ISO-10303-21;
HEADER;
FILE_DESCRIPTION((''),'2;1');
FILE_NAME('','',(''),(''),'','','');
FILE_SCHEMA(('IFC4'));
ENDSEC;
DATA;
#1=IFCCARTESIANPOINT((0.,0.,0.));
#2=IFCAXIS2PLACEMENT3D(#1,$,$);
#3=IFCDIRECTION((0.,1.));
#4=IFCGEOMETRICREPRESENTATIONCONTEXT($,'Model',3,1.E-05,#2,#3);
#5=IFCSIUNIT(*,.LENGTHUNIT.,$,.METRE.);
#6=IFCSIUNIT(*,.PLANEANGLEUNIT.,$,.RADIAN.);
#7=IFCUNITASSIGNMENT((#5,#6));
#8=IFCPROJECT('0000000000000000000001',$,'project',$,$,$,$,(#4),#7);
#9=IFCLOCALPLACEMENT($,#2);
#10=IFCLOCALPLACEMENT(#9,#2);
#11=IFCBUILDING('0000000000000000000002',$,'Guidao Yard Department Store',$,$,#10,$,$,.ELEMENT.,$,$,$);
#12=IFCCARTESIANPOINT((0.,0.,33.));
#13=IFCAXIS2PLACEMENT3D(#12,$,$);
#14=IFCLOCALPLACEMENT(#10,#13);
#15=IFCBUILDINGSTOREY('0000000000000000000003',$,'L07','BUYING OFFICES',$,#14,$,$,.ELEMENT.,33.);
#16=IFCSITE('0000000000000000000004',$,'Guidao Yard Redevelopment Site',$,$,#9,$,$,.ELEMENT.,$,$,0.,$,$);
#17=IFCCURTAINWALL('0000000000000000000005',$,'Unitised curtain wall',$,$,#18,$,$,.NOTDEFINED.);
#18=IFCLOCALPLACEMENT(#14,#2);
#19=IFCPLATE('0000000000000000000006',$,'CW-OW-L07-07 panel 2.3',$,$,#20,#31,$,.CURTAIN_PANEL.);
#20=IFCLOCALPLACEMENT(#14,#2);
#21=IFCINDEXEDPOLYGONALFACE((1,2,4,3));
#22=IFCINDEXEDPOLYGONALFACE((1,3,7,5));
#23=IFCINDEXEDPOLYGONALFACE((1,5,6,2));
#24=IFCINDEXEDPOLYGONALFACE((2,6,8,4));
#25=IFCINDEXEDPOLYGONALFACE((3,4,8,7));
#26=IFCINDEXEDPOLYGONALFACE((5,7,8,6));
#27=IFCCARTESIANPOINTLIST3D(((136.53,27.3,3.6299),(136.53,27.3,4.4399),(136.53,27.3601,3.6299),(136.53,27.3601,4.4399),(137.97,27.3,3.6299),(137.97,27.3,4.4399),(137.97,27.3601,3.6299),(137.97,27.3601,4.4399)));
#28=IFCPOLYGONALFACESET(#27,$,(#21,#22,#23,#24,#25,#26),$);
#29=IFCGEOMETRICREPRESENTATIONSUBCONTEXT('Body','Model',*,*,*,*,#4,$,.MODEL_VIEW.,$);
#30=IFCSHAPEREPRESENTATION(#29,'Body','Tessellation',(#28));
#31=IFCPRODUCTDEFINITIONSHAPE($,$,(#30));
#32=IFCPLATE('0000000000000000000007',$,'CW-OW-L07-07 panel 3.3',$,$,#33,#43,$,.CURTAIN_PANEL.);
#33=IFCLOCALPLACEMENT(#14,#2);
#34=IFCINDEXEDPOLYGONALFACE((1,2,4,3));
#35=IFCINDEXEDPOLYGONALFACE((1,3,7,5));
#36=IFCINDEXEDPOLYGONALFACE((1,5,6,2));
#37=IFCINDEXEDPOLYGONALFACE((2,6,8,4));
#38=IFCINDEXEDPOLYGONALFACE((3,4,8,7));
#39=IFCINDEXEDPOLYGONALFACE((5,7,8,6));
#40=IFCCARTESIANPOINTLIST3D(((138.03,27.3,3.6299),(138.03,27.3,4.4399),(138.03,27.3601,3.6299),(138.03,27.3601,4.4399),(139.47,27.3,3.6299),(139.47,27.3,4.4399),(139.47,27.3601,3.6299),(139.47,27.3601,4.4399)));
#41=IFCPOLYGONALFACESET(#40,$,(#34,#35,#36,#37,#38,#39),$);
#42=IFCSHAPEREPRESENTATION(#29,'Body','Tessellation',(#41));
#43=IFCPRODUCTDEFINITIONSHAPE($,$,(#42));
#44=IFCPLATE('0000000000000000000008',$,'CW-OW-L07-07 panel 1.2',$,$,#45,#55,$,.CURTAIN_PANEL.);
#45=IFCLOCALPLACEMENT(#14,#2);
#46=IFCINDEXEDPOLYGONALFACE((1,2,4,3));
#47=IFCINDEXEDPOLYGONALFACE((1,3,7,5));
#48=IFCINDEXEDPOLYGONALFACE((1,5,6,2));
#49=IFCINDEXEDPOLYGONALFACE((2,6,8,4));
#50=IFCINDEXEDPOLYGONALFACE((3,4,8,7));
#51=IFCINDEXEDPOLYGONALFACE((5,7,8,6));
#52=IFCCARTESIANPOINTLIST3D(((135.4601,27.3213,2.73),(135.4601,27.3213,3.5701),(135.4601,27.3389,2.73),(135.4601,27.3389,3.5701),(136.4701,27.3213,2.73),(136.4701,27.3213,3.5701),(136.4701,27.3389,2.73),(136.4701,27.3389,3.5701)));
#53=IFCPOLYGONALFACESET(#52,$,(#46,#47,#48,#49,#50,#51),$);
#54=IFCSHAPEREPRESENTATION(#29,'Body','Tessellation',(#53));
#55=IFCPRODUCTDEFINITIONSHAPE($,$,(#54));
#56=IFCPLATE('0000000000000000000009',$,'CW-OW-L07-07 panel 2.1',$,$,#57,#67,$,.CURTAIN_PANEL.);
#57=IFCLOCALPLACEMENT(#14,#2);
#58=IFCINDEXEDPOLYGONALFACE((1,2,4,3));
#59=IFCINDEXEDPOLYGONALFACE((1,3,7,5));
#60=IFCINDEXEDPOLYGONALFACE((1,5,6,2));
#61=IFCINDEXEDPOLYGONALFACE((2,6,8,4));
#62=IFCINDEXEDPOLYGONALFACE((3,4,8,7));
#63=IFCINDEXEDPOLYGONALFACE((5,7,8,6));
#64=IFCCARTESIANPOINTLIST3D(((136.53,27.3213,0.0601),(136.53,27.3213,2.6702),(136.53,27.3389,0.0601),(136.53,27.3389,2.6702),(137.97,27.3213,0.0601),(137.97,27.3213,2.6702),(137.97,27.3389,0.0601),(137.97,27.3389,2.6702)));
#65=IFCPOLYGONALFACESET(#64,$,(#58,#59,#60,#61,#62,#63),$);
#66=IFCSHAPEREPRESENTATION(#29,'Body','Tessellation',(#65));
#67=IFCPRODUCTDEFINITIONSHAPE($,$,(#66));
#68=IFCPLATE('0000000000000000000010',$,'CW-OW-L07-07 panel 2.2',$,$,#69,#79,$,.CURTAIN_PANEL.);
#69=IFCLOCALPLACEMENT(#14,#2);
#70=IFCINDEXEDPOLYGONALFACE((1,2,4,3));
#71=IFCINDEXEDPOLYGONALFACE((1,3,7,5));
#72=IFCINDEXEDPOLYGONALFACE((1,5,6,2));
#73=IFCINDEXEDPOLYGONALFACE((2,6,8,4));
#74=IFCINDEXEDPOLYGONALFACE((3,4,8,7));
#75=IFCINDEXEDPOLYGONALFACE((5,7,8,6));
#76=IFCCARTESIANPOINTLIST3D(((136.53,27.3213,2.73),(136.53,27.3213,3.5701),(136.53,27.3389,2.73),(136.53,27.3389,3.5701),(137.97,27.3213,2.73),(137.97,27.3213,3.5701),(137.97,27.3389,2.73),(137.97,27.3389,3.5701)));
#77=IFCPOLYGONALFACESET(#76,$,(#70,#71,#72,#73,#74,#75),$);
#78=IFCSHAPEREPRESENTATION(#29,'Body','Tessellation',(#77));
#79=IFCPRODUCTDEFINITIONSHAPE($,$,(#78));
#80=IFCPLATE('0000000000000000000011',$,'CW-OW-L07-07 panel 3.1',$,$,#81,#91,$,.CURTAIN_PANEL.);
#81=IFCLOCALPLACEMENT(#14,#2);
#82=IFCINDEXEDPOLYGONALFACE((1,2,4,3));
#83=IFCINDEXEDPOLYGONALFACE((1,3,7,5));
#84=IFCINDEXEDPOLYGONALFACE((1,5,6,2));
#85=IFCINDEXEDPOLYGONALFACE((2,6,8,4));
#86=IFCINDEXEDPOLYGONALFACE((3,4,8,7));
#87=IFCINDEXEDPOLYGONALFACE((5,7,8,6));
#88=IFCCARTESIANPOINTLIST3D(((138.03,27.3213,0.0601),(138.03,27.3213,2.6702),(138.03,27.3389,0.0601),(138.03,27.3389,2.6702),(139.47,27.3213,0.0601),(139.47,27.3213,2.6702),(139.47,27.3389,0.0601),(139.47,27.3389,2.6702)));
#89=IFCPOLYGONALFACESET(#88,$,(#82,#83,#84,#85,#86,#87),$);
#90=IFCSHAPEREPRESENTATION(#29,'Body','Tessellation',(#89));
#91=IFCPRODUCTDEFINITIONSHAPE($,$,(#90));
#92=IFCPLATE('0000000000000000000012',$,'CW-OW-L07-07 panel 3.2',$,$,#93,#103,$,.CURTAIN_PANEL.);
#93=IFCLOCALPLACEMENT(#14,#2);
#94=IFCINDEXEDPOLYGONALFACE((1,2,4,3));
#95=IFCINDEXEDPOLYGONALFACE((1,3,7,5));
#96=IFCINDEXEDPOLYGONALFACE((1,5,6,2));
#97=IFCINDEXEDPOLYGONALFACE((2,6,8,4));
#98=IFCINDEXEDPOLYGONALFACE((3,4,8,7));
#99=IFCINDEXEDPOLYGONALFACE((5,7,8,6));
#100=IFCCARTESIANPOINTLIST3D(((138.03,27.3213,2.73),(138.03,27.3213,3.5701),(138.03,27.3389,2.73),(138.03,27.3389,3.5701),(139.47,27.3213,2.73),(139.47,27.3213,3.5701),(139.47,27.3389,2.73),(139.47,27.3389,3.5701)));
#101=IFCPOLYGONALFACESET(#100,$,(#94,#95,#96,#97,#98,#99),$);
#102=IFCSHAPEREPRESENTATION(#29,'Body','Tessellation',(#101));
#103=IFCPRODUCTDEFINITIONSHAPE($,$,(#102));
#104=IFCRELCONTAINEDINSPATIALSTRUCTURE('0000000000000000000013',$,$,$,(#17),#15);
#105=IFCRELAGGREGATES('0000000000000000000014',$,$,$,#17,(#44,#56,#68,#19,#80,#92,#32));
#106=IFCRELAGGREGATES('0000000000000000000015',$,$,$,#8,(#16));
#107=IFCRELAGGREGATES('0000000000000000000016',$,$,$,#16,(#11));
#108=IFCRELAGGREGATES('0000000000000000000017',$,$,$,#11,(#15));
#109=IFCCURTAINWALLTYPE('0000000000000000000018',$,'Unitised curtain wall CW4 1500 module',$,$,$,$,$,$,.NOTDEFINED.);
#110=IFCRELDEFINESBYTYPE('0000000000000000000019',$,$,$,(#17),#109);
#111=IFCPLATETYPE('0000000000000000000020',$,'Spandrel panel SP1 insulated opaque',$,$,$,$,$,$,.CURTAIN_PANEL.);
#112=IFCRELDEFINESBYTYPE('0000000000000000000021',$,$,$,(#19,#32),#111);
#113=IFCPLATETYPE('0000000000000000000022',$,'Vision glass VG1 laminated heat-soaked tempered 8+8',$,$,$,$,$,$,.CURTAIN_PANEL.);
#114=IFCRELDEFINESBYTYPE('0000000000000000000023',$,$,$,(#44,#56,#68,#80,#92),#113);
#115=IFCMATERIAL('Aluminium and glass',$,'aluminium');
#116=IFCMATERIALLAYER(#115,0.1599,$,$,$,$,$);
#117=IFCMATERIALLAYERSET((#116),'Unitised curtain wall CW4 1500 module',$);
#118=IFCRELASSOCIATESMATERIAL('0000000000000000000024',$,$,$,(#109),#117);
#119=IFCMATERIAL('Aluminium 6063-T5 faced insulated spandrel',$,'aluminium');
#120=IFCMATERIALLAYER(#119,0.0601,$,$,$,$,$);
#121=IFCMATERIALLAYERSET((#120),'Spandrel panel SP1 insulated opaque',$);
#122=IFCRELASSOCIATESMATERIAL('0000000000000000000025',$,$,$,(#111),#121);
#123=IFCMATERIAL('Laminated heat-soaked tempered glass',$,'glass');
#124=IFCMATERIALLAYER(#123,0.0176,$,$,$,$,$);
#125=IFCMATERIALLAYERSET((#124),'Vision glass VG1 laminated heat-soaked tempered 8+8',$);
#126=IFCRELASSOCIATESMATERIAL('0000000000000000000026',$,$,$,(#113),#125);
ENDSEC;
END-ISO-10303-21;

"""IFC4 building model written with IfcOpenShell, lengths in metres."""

from ifc_helpers import new_model, si_unit, direction, frame, origin, origin_2d, place, context, subcontext, project, spatial, rectangle, extrude, material, layer, layer_set, type_object, element, aggregate, save


model = new_model("IFC4")

# Units and contexts
model_context = context("Model", 3, precision=1e-05, world=origin(), true_north=direction((0.0, 1.0)))
body_context = subcontext(model_context, "Body", "Model", "MODEL_VIEW")
ifc_project = project(units=[si_unit("LENGTHUNIT", "METRE"), si_unit("PLANEANGLEUNIT", "RADIAN")], contexts=[model_context])

# Site, building, storey
site_placement = place(None, origin())
site = spatial("IfcSite", under=ifc_project, at=site_placement, Name="Guidao Yard Redevelopment Site", CompositionType="ELEMENT", RefElevation=0.0)
building_placement = place(site_placement, origin())
building = spatial("IfcBuilding", under=site, at=building_placement, Name="Guidao Yard Department Store", CompositionType="ELEMENT")
storey_placement = place(building_placement, frame((0.0, 0.0, 33.0)))
storey = spatial("IfcBuildingStorey", under=building, at=storey_placement, Name="L07", Description="BUYING OFFICES", CompositionType="ELEMENT", Elevation=33.0)

# Curtain wall, plates
ifc_material_1 = material(Name="Aluminium and glass", Category="aluminium")
ifc_layer_1 = layer(ifc_material_1, 0.1599)
ifc_layer_set_1 = layer_set([ifc_layer_1], Name="Unitised curtain wall CW4 1500 module")
curtain_wall_type = type_object("IfcCurtainWallType", Name="Unitised curtain wall CW4 1500 module", PredefinedType="NOTDEFINED", material=ifc_layer_set_1)
curtain_wall_placement = place(storey_placement, origin())
curtain_wall = element("IfcCurtainWall", 1, at=curtain_wall_placement, inside=storey, type_object=curtain_wall_type, Name="Unitised curtain wall", PredefinedType="NOTDEFINED")
ifc_material_2 = material(Name="Aluminium 6063-T5 faced insulated spandrel", Category="aluminium")
ifc_layer_2 = layer(ifc_material_2, 0.0601)
ifc_layer_set_2 = layer_set([ifc_layer_2], Name="Spandrel panel SP1 insulated opaque")
plate_type_1 = type_object("IfcPlateType", Name="Spandrel panel SP1 insulated opaque", PredefinedType="CURTAIN_PANEL", material=ifc_layer_set_2)
plate_1_placement = place(storey_placement, frame((137.25, 27.3301, 3.6299), z_axis=(0.0, 0.0, 1.0), x_axis=(1.0, 0.0, 0.0)))
plate_1 = element("IfcPlate", 2, at=plate_1_placement, type_object=plate_type_1, Name="CW-OW-L07-07 panel 2.3", PredefinedType="CURTAIN_PANEL", context=body_context, shape_type="SweptSolid", body=[
    extrude(rectangle(XDim=1.4399, YDim=0.0601, at=origin_2d()), origin(), (0.0, 0.0, 1.0), 0.8101),
])
plate_2_placement = place(storey_placement, frame((138.75, 27.3301, 3.6299), z_axis=(0.0, 0.0, 1.0), x_axis=(1.0, 0.0, 0.0)))
plate_2 = element("IfcPlate", 3, at=plate_2_placement, type_object=plate_type_1, Name="CW-OW-L07-07 panel 3.3", PredefinedType="CURTAIN_PANEL", context=body_context, shape_type="SweptSolid", body=[
    extrude(rectangle(XDim=1.4399, YDim=0.0601, at=origin_2d()), origin(), (0.0, 0.0, 1.0), 0.8101),
])
ifc_material_3 = material(Name="Laminated heat-soaked tempered glass", Category="glass")
ifc_layer_3 = layer(ifc_material_3, 0.0176)
ifc_layer_set_3 = layer_set([ifc_layer_3], Name="Vision glass VG1 laminated heat-soaked tempered 8+8")
plate_type_2 = type_object("IfcPlateType", Name="Vision glass VG1 laminated heat-soaked tempered 8+8", PredefinedType="CURTAIN_PANEL", material=ifc_layer_set_3)
plate_3_placement = place(storey_placement, frame((135.9651, 27.3301, 2.73), z_axis=(0.0, 0.0, 1.0), x_axis=(1.0, 0.0, 0.0)))
plate_3 = element("IfcPlate", 4, at=plate_3_placement, type_object=plate_type_2, Name="CW-OW-L07-07 panel 1.2", PredefinedType="CURTAIN_PANEL", context=body_context, shape_type="SweptSolid", body=[
    extrude(rectangle(XDim=1.01, YDim=0.0176, at=origin_2d()), origin(), (0.0, 0.0, 1.0), 0.8401),
])
plate_4_placement = place(storey_placement, frame((137.25, 27.3301, 0.0601), z_axis=(0.0, 0.0, 1.0), x_axis=(1.0, 0.0, 0.0)))
plate_4 = element("IfcPlate", 5, at=plate_4_placement, type_object=plate_type_2, Name="CW-OW-L07-07 panel 2.1", PredefinedType="CURTAIN_PANEL", context=body_context, shape_type="SweptSolid", body=[
    extrude(rectangle(XDim=1.4399, YDim=0.0176, at=origin_2d()), origin(), (0.0, 0.0, 1.0), 2.6101),
])
plate_5_placement = place(storey_placement, frame((137.25, 27.3301, 2.73), z_axis=(0.0, 0.0, 1.0), x_axis=(1.0, 0.0, 0.0)))
plate_5 = element("IfcPlate", 6, at=plate_5_placement, type_object=plate_type_2, Name="CW-OW-L07-07 panel 2.2", PredefinedType="CURTAIN_PANEL", context=body_context, shape_type="SweptSolid", body=[
    extrude(rectangle(XDim=1.4399, YDim=0.0176, at=origin_2d()), origin(), (0.0, 0.0, 1.0), 0.8401),
])
plate_6_placement = place(storey_placement, frame((138.75, 27.3301, 0.0601), z_axis=(0.0, 0.0, 1.0), x_axis=(1.0, 0.0, 0.0)))
plate_6 = element("IfcPlate", 7, at=plate_6_placement, type_object=plate_type_2, Name="CW-OW-L07-07 panel 3.1", PredefinedType="CURTAIN_PANEL", context=body_context, shape_type="SweptSolid", body=[
    extrude(rectangle(XDim=1.4399, YDim=0.0176, at=origin_2d()), origin(), (0.0, 0.0, 1.0), 2.6101),
])
plate_7_placement = place(storey_placement, frame((138.75, 27.3301, 2.73), z_axis=(0.0, 0.0, 1.0), x_axis=(1.0, 0.0, 0.0)))
plate_7 = element("IfcPlate", 8, at=plate_7_placement, type_object=plate_type_2, Name="CW-OW-L07-07 panel 3.2", PredefinedType="CURTAIN_PANEL", context=body_context, shape_type="SweptSolid", body=[
    extrude(rectangle(XDim=1.4399, YDim=0.0176, at=origin_2d()), origin(), (0.0, 0.0, 1.0), 0.8401),
])
aggregate(curtain_wall, [plate_3, plate_4, plate_5, plate_1, plate_6, plate_7, plate_2])

save(model, "model.ifc")
